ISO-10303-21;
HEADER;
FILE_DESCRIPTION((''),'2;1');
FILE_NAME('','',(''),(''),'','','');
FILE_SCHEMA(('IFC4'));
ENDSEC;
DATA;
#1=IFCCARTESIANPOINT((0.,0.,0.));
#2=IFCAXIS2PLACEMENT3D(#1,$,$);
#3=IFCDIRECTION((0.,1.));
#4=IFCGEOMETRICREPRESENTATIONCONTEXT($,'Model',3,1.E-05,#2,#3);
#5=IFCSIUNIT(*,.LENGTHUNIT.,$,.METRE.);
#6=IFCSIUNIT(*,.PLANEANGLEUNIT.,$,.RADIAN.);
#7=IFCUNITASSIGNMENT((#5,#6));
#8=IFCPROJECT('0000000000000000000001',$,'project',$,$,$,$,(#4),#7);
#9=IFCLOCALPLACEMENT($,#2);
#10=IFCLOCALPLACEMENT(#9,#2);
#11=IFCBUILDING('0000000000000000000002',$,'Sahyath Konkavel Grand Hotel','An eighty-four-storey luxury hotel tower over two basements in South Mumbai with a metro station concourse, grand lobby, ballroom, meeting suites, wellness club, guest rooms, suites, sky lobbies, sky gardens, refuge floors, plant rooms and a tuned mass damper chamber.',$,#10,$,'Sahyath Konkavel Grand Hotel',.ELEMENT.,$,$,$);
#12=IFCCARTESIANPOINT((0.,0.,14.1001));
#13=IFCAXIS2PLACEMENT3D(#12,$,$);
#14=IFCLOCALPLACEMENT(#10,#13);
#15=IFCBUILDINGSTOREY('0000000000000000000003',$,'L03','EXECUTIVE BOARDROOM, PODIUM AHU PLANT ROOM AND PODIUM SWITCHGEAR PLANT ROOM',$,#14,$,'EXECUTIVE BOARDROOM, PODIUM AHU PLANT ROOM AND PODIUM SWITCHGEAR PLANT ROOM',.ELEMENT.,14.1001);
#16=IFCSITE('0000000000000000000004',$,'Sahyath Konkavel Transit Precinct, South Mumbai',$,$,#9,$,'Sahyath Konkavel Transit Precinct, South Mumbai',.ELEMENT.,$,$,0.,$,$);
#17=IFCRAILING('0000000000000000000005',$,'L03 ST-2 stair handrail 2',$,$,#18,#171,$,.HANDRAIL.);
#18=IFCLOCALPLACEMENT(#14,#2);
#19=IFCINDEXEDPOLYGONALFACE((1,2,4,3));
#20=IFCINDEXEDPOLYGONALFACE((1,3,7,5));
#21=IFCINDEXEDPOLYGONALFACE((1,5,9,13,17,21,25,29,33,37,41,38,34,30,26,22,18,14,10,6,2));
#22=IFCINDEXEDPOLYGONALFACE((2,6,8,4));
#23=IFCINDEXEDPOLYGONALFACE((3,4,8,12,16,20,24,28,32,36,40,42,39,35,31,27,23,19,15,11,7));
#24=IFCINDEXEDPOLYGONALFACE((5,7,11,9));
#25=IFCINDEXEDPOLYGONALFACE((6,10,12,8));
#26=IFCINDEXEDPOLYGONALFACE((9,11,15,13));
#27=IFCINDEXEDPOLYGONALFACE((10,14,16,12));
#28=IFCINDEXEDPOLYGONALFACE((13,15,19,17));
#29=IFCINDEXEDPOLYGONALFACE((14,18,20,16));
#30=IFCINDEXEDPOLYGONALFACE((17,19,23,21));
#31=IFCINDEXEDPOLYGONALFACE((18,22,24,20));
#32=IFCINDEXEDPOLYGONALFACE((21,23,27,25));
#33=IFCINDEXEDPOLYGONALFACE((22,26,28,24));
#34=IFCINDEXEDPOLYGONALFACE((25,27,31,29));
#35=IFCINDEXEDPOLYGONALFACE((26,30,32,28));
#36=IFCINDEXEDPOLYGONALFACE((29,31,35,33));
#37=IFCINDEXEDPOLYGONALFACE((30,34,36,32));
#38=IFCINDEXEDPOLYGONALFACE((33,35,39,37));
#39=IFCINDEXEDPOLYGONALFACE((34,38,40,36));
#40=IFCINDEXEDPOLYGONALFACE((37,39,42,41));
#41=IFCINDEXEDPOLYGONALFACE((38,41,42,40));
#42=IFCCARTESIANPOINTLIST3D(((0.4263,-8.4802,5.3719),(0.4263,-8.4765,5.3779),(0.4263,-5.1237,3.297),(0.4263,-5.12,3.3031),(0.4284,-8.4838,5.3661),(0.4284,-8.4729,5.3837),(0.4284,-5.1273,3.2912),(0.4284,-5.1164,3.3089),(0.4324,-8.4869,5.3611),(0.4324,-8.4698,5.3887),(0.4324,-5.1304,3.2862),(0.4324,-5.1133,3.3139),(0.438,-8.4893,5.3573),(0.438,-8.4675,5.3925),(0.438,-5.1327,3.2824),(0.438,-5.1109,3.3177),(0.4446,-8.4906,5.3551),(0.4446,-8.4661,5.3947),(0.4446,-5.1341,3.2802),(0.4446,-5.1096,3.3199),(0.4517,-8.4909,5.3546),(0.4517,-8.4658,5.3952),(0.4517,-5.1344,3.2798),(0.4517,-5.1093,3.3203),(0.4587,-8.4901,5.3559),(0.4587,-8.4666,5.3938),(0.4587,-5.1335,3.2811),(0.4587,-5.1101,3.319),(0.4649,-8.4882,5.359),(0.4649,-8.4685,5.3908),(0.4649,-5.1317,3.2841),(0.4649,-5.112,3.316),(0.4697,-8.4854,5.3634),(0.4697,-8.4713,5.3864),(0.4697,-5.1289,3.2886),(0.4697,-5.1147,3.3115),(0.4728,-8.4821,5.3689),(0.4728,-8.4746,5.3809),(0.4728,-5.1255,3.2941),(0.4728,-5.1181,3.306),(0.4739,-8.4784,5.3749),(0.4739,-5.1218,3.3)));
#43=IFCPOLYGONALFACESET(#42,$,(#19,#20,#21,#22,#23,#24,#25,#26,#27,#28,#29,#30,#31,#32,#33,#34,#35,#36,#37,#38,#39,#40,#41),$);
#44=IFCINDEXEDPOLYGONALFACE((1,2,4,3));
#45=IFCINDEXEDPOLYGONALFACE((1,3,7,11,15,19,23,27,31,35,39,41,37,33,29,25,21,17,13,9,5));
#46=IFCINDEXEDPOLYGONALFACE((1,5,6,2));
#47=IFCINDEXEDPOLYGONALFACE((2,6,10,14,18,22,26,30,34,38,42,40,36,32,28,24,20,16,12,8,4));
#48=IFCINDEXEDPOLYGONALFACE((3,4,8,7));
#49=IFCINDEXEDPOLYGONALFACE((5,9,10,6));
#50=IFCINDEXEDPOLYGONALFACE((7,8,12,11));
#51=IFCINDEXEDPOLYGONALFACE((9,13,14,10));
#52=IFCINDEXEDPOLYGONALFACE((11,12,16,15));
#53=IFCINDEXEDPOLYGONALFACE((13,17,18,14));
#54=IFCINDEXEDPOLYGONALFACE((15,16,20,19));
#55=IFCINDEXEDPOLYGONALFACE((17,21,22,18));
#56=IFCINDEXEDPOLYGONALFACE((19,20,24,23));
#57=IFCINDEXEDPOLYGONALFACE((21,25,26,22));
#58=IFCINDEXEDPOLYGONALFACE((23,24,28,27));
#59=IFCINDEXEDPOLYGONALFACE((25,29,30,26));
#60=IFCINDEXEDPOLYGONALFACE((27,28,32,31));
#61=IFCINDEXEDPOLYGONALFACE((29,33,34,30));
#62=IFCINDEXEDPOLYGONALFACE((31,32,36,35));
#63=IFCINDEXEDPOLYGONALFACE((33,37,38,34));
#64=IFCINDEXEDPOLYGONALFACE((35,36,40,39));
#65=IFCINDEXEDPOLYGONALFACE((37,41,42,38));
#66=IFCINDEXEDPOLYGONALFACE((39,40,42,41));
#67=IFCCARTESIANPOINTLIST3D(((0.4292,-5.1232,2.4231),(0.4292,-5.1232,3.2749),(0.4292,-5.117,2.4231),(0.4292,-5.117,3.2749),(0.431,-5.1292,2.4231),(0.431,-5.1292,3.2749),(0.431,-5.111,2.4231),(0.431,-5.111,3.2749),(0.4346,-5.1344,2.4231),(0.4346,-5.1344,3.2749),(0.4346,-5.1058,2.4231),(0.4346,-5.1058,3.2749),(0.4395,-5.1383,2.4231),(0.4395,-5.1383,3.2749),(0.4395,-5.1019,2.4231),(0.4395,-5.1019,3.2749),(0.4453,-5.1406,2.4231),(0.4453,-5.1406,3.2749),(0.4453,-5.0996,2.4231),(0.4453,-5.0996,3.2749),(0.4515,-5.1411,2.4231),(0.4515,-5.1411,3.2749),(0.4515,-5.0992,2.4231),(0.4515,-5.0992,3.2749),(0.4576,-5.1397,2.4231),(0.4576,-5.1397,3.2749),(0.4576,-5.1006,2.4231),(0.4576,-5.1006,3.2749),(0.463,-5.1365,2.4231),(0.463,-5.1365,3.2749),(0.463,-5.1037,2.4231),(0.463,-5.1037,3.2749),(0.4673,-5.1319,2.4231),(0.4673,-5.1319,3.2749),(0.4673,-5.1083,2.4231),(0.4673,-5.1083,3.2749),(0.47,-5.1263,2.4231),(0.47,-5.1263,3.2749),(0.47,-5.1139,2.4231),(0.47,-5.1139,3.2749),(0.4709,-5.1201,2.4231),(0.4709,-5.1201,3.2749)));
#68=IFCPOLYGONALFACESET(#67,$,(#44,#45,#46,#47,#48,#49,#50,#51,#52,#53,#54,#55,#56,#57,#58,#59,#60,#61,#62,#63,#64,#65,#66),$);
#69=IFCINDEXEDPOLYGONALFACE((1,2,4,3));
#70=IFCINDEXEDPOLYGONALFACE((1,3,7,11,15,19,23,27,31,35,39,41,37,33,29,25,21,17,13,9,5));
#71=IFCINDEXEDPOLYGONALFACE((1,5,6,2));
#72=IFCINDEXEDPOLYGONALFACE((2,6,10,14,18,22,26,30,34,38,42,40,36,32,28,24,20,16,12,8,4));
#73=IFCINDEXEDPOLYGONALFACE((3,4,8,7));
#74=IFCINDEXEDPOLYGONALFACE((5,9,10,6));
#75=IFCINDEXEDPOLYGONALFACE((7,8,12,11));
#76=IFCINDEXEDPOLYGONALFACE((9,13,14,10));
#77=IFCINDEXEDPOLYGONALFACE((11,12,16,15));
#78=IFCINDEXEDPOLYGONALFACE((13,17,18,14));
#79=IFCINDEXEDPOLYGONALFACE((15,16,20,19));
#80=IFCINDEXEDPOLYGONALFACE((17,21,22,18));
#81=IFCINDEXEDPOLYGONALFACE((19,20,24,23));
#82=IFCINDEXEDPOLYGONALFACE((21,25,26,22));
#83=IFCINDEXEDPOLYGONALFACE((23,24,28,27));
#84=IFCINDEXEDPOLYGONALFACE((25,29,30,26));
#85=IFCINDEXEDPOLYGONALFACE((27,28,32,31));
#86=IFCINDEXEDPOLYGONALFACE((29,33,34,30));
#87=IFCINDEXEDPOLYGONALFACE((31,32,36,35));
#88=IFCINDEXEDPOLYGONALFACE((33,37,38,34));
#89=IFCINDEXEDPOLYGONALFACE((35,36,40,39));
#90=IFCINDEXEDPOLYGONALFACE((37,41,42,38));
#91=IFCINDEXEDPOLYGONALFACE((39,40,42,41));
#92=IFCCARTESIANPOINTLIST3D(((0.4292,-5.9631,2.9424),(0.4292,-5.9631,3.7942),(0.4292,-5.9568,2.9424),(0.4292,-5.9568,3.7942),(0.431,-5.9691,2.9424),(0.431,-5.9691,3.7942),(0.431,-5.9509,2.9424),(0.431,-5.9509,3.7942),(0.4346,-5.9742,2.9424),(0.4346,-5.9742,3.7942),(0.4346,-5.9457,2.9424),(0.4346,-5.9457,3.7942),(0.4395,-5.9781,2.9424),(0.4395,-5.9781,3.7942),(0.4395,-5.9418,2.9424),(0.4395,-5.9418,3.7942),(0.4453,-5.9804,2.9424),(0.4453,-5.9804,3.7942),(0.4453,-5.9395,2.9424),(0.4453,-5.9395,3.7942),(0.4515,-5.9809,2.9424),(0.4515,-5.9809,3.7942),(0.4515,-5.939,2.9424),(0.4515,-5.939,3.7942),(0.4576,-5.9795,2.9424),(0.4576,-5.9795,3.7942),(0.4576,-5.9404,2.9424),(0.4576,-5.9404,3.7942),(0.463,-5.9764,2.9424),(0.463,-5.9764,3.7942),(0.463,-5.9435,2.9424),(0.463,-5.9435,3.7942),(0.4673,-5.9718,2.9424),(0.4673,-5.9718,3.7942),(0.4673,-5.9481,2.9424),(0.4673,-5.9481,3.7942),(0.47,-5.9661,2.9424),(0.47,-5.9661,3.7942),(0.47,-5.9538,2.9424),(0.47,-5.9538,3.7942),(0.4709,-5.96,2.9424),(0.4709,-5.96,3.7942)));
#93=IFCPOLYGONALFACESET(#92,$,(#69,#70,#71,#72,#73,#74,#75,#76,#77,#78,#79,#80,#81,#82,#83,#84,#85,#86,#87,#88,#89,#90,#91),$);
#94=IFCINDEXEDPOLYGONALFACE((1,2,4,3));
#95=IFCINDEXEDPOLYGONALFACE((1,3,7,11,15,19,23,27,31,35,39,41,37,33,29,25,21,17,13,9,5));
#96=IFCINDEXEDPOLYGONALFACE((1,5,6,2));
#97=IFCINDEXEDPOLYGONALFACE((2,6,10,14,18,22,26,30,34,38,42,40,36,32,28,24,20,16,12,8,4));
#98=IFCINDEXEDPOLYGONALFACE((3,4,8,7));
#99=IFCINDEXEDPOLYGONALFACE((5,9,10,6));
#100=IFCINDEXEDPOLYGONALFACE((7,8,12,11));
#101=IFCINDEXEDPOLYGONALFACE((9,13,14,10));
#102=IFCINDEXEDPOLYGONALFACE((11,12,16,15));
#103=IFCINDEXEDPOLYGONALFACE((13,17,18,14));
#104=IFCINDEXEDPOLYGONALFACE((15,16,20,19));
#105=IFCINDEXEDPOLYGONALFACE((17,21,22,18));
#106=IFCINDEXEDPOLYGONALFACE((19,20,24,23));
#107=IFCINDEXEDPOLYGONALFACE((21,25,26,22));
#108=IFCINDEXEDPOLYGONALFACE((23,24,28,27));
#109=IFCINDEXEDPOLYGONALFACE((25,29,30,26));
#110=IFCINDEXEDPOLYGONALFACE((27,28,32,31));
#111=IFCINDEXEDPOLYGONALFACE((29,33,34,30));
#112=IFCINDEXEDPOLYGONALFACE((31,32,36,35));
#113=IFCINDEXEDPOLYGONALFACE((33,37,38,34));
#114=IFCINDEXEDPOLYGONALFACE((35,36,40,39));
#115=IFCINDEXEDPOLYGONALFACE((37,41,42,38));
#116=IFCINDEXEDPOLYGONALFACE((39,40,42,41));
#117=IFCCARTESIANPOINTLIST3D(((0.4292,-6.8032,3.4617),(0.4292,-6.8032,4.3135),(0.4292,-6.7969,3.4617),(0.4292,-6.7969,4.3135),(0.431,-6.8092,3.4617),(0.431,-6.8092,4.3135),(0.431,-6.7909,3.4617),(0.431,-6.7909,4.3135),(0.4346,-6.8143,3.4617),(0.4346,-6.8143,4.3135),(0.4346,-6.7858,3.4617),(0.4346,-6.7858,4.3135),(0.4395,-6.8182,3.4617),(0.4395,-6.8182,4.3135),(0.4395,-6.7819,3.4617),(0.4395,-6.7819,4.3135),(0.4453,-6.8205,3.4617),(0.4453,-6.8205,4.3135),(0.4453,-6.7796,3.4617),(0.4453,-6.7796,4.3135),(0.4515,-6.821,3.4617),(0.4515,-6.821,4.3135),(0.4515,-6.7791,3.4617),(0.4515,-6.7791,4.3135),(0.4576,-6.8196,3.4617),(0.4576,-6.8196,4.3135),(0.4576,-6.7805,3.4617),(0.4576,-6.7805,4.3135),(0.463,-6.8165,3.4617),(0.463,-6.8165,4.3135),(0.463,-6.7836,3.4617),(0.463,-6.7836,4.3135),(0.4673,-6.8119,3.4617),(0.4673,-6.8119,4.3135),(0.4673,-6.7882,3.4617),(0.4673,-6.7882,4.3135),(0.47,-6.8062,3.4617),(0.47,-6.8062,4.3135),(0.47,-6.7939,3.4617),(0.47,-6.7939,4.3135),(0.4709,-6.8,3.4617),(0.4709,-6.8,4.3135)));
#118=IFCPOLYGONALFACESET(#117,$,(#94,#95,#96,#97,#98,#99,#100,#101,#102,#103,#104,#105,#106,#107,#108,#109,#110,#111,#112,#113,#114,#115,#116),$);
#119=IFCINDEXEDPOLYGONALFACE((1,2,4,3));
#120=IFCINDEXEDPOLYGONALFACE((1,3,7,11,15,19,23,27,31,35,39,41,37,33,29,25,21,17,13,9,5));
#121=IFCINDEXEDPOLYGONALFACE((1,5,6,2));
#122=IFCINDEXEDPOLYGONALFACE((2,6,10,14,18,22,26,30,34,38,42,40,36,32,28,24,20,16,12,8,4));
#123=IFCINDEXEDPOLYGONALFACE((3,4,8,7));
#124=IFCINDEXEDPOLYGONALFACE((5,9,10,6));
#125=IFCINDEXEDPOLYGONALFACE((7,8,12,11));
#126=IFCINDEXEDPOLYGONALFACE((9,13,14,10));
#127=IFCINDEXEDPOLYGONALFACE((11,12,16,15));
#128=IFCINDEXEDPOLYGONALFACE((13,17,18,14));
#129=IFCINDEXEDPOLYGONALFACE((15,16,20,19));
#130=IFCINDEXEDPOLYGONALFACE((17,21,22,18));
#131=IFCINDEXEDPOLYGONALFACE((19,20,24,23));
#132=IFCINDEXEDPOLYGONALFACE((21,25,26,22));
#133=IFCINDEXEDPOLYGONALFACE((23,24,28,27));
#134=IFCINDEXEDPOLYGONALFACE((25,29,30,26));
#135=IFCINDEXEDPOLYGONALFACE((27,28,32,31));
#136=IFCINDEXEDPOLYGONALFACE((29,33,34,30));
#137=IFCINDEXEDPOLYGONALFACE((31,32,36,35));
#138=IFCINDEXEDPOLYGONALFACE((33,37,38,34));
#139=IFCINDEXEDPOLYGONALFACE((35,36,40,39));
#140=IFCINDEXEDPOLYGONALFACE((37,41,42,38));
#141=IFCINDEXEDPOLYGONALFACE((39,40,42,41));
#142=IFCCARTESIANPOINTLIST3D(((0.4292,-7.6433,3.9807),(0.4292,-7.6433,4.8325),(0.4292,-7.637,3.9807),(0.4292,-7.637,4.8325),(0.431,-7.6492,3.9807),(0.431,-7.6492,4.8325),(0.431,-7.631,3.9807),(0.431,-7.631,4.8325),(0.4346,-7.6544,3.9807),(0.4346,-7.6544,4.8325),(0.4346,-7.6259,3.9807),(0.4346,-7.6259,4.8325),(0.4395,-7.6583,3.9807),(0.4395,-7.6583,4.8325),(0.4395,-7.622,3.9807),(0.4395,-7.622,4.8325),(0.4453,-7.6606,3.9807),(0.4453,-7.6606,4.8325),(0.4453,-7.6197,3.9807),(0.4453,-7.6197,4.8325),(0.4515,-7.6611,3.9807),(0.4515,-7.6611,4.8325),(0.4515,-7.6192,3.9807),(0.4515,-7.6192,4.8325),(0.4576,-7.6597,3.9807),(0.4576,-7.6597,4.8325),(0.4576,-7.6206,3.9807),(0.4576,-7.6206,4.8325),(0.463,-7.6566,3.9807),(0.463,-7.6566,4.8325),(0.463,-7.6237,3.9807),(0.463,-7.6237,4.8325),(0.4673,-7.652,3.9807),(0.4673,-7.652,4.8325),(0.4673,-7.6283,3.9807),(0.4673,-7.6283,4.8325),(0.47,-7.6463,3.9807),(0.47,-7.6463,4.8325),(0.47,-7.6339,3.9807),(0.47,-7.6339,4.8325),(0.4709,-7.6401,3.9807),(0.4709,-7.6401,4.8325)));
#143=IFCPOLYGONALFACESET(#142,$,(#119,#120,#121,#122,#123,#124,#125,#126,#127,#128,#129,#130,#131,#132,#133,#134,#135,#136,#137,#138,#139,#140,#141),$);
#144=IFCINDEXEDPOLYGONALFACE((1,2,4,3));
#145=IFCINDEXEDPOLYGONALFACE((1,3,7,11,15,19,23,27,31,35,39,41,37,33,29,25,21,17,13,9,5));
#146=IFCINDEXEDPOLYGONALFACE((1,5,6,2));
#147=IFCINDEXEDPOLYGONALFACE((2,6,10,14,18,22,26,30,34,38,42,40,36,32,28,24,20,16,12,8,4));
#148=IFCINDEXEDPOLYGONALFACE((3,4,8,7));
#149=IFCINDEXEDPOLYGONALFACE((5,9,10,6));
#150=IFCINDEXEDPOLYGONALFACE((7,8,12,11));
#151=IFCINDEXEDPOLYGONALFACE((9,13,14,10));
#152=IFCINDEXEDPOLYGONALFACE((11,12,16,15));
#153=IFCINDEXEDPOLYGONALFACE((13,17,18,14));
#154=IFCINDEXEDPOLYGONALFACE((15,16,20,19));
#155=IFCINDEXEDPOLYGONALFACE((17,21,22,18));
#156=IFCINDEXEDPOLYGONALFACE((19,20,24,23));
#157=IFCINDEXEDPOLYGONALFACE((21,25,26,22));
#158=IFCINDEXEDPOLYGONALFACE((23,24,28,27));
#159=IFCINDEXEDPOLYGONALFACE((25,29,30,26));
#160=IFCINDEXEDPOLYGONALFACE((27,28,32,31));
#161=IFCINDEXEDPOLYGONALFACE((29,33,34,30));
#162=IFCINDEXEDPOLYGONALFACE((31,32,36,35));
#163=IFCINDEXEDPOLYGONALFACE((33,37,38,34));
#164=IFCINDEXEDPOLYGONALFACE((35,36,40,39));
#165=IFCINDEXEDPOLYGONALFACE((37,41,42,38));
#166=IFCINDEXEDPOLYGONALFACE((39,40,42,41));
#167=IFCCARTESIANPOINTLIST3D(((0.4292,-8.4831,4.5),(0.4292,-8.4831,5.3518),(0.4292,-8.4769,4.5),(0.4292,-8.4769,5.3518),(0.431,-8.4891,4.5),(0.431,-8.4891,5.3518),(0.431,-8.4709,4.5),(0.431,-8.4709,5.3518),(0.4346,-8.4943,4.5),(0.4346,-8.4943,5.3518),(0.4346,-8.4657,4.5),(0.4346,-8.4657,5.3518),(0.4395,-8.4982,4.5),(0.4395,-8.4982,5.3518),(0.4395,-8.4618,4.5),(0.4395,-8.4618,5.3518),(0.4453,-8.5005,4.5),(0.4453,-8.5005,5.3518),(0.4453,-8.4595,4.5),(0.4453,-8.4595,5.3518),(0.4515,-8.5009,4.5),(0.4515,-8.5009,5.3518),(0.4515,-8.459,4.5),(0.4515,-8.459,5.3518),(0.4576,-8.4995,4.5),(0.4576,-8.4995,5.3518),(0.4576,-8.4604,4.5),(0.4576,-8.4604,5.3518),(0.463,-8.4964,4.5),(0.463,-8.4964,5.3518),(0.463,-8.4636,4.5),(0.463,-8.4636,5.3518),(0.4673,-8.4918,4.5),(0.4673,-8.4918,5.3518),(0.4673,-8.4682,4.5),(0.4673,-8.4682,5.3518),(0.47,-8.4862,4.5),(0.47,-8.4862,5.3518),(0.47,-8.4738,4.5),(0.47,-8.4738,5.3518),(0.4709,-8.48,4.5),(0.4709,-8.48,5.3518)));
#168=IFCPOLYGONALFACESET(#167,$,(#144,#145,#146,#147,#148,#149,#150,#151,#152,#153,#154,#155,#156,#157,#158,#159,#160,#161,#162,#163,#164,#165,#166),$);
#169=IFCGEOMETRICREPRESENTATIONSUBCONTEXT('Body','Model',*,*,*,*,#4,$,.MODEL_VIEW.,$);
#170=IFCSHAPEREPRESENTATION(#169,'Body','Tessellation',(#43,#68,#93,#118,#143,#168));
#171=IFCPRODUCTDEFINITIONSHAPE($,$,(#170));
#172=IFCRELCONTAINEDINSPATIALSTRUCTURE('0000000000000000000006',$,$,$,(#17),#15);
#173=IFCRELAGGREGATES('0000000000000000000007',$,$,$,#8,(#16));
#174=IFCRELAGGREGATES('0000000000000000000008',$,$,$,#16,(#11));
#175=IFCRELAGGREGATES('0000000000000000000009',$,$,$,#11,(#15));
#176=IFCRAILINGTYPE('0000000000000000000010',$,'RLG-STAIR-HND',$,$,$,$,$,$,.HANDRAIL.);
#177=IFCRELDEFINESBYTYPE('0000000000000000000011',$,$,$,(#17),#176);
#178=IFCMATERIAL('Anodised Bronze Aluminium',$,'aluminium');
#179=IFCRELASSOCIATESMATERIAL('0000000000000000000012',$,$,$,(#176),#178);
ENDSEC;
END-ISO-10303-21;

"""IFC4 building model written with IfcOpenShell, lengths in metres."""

from ifc_helpers import new_model, si_unit, direction, frame, origin, origin_2d, place, context, subcontext, project, spatial, circle, extrude, material, type_object, element, save


model = new_model("IFC4")

# Units and contexts
model_context = context("Model", 3, precision=1e-05, world=origin(), true_north=direction((0.0, 1.0)))
body_context = subcontext(model_context, "Body", "Model", "MODEL_VIEW")
ifc_project = project(units=[si_unit("LENGTHUNIT", "METRE"), si_unit("PLANEANGLEUNIT", "RADIAN")], contexts=[model_context])

# Site, building, storey
site_placement = place(None, origin())
site = spatial("IfcSite", under=ifc_project, at=site_placement, Name="Sahyath Konkavel Transit Precinct, South Mumbai", LongName="Sahyath Konkavel Transit Precinct, South Mumbai", CompositionType="ELEMENT", RefElevation=0.0)
building_placement = place(site_placement, origin())
building = spatial("IfcBuilding", under=site, at=building_placement, Name="Sahyath Konkavel Grand Hotel", Description="An eighty-four-storey luxury hotel tower over two basements in South Mumbai with a metro station concourse, grand lobby, ballroom, meeting suites, wellness club, guest rooms, suites, sky lobbies, sky gardens, refuge floors, plant rooms and a tuned mass damper chamber.", LongName="Sahyath Konkavel Grand Hotel", CompositionType="ELEMENT")
storey_placement = place(building_placement, frame((0.0, 0.0, 14.1001)))
storey = spatial("IfcBuildingStorey", under=building, at=storey_placement, Name="L03", Description="EXECUTIVE BOARDROOM, PODIUM AHU PLANT ROOM AND PODIUM SWITCHGEAR PLANT ROOM", LongName="EXECUTIVE BOARDROOM, PODIUM AHU PLANT ROOM AND PODIUM SWITCHGEAR PLANT ROOM", CompositionType="ELEMENT", Elevation=14.1001)

# Railing
ifc_material_1 = material(Name="Anodised Bronze Aluminium", Category="aluminium")
railing_type_1 = type_object("IfcRailingType", Name="RLG-STAIR-HND", PredefinedType="HANDRAIL", material=ifc_material_1)
railing_1_placement = place(storey_placement, frame((0.45, -5.1201, 2.4231)))
element("IfcRailing", 1, at=railing_1_placement, inside=storey, type_object=railing_type_1, Name="L03 ST-2 stair handrail 2", PredefinedType="HANDRAIL", context=body_context, shape_type="SweptSolid", body=[
    extrude(circle(Radius=0.0239, at=origin_2d()), frame((0.0, -0.0017, 0.877), z_axis=(0.0, -0.850606, 0.525803), x_axis=(1.0, 0.0, 0.0)), (0.0, 0.0, 1.0), 3.946),
    extrude(circle(Radius=0.021, at=origin_2d()), origin(), (0.0, 0.0, 1.0), 0.8518),
    extrude(circle(Radius=0.021, at=origin_2d()), frame((0.0, -0.8398, 0.5193)), (0.0, 0.0, 1.0), 0.8518),
    extrude(circle(Radius=0.021, at=origin_2d()), frame((0.0, -1.6799, 1.0386)), (0.0, 0.0, 1.0), 0.8518),
    extrude(circle(Radius=0.021, at=origin_2d()), frame((0.0, -2.52, 1.5576)), (0.0, 0.0, 1.0), 0.8518),
    extrude(circle(Radius=0.021, at=origin_2d()), frame((0.0, -3.3599, 2.0769)), (0.0, 0.0, 1.0), 0.8518),
])

save(model, "model.ifc")
